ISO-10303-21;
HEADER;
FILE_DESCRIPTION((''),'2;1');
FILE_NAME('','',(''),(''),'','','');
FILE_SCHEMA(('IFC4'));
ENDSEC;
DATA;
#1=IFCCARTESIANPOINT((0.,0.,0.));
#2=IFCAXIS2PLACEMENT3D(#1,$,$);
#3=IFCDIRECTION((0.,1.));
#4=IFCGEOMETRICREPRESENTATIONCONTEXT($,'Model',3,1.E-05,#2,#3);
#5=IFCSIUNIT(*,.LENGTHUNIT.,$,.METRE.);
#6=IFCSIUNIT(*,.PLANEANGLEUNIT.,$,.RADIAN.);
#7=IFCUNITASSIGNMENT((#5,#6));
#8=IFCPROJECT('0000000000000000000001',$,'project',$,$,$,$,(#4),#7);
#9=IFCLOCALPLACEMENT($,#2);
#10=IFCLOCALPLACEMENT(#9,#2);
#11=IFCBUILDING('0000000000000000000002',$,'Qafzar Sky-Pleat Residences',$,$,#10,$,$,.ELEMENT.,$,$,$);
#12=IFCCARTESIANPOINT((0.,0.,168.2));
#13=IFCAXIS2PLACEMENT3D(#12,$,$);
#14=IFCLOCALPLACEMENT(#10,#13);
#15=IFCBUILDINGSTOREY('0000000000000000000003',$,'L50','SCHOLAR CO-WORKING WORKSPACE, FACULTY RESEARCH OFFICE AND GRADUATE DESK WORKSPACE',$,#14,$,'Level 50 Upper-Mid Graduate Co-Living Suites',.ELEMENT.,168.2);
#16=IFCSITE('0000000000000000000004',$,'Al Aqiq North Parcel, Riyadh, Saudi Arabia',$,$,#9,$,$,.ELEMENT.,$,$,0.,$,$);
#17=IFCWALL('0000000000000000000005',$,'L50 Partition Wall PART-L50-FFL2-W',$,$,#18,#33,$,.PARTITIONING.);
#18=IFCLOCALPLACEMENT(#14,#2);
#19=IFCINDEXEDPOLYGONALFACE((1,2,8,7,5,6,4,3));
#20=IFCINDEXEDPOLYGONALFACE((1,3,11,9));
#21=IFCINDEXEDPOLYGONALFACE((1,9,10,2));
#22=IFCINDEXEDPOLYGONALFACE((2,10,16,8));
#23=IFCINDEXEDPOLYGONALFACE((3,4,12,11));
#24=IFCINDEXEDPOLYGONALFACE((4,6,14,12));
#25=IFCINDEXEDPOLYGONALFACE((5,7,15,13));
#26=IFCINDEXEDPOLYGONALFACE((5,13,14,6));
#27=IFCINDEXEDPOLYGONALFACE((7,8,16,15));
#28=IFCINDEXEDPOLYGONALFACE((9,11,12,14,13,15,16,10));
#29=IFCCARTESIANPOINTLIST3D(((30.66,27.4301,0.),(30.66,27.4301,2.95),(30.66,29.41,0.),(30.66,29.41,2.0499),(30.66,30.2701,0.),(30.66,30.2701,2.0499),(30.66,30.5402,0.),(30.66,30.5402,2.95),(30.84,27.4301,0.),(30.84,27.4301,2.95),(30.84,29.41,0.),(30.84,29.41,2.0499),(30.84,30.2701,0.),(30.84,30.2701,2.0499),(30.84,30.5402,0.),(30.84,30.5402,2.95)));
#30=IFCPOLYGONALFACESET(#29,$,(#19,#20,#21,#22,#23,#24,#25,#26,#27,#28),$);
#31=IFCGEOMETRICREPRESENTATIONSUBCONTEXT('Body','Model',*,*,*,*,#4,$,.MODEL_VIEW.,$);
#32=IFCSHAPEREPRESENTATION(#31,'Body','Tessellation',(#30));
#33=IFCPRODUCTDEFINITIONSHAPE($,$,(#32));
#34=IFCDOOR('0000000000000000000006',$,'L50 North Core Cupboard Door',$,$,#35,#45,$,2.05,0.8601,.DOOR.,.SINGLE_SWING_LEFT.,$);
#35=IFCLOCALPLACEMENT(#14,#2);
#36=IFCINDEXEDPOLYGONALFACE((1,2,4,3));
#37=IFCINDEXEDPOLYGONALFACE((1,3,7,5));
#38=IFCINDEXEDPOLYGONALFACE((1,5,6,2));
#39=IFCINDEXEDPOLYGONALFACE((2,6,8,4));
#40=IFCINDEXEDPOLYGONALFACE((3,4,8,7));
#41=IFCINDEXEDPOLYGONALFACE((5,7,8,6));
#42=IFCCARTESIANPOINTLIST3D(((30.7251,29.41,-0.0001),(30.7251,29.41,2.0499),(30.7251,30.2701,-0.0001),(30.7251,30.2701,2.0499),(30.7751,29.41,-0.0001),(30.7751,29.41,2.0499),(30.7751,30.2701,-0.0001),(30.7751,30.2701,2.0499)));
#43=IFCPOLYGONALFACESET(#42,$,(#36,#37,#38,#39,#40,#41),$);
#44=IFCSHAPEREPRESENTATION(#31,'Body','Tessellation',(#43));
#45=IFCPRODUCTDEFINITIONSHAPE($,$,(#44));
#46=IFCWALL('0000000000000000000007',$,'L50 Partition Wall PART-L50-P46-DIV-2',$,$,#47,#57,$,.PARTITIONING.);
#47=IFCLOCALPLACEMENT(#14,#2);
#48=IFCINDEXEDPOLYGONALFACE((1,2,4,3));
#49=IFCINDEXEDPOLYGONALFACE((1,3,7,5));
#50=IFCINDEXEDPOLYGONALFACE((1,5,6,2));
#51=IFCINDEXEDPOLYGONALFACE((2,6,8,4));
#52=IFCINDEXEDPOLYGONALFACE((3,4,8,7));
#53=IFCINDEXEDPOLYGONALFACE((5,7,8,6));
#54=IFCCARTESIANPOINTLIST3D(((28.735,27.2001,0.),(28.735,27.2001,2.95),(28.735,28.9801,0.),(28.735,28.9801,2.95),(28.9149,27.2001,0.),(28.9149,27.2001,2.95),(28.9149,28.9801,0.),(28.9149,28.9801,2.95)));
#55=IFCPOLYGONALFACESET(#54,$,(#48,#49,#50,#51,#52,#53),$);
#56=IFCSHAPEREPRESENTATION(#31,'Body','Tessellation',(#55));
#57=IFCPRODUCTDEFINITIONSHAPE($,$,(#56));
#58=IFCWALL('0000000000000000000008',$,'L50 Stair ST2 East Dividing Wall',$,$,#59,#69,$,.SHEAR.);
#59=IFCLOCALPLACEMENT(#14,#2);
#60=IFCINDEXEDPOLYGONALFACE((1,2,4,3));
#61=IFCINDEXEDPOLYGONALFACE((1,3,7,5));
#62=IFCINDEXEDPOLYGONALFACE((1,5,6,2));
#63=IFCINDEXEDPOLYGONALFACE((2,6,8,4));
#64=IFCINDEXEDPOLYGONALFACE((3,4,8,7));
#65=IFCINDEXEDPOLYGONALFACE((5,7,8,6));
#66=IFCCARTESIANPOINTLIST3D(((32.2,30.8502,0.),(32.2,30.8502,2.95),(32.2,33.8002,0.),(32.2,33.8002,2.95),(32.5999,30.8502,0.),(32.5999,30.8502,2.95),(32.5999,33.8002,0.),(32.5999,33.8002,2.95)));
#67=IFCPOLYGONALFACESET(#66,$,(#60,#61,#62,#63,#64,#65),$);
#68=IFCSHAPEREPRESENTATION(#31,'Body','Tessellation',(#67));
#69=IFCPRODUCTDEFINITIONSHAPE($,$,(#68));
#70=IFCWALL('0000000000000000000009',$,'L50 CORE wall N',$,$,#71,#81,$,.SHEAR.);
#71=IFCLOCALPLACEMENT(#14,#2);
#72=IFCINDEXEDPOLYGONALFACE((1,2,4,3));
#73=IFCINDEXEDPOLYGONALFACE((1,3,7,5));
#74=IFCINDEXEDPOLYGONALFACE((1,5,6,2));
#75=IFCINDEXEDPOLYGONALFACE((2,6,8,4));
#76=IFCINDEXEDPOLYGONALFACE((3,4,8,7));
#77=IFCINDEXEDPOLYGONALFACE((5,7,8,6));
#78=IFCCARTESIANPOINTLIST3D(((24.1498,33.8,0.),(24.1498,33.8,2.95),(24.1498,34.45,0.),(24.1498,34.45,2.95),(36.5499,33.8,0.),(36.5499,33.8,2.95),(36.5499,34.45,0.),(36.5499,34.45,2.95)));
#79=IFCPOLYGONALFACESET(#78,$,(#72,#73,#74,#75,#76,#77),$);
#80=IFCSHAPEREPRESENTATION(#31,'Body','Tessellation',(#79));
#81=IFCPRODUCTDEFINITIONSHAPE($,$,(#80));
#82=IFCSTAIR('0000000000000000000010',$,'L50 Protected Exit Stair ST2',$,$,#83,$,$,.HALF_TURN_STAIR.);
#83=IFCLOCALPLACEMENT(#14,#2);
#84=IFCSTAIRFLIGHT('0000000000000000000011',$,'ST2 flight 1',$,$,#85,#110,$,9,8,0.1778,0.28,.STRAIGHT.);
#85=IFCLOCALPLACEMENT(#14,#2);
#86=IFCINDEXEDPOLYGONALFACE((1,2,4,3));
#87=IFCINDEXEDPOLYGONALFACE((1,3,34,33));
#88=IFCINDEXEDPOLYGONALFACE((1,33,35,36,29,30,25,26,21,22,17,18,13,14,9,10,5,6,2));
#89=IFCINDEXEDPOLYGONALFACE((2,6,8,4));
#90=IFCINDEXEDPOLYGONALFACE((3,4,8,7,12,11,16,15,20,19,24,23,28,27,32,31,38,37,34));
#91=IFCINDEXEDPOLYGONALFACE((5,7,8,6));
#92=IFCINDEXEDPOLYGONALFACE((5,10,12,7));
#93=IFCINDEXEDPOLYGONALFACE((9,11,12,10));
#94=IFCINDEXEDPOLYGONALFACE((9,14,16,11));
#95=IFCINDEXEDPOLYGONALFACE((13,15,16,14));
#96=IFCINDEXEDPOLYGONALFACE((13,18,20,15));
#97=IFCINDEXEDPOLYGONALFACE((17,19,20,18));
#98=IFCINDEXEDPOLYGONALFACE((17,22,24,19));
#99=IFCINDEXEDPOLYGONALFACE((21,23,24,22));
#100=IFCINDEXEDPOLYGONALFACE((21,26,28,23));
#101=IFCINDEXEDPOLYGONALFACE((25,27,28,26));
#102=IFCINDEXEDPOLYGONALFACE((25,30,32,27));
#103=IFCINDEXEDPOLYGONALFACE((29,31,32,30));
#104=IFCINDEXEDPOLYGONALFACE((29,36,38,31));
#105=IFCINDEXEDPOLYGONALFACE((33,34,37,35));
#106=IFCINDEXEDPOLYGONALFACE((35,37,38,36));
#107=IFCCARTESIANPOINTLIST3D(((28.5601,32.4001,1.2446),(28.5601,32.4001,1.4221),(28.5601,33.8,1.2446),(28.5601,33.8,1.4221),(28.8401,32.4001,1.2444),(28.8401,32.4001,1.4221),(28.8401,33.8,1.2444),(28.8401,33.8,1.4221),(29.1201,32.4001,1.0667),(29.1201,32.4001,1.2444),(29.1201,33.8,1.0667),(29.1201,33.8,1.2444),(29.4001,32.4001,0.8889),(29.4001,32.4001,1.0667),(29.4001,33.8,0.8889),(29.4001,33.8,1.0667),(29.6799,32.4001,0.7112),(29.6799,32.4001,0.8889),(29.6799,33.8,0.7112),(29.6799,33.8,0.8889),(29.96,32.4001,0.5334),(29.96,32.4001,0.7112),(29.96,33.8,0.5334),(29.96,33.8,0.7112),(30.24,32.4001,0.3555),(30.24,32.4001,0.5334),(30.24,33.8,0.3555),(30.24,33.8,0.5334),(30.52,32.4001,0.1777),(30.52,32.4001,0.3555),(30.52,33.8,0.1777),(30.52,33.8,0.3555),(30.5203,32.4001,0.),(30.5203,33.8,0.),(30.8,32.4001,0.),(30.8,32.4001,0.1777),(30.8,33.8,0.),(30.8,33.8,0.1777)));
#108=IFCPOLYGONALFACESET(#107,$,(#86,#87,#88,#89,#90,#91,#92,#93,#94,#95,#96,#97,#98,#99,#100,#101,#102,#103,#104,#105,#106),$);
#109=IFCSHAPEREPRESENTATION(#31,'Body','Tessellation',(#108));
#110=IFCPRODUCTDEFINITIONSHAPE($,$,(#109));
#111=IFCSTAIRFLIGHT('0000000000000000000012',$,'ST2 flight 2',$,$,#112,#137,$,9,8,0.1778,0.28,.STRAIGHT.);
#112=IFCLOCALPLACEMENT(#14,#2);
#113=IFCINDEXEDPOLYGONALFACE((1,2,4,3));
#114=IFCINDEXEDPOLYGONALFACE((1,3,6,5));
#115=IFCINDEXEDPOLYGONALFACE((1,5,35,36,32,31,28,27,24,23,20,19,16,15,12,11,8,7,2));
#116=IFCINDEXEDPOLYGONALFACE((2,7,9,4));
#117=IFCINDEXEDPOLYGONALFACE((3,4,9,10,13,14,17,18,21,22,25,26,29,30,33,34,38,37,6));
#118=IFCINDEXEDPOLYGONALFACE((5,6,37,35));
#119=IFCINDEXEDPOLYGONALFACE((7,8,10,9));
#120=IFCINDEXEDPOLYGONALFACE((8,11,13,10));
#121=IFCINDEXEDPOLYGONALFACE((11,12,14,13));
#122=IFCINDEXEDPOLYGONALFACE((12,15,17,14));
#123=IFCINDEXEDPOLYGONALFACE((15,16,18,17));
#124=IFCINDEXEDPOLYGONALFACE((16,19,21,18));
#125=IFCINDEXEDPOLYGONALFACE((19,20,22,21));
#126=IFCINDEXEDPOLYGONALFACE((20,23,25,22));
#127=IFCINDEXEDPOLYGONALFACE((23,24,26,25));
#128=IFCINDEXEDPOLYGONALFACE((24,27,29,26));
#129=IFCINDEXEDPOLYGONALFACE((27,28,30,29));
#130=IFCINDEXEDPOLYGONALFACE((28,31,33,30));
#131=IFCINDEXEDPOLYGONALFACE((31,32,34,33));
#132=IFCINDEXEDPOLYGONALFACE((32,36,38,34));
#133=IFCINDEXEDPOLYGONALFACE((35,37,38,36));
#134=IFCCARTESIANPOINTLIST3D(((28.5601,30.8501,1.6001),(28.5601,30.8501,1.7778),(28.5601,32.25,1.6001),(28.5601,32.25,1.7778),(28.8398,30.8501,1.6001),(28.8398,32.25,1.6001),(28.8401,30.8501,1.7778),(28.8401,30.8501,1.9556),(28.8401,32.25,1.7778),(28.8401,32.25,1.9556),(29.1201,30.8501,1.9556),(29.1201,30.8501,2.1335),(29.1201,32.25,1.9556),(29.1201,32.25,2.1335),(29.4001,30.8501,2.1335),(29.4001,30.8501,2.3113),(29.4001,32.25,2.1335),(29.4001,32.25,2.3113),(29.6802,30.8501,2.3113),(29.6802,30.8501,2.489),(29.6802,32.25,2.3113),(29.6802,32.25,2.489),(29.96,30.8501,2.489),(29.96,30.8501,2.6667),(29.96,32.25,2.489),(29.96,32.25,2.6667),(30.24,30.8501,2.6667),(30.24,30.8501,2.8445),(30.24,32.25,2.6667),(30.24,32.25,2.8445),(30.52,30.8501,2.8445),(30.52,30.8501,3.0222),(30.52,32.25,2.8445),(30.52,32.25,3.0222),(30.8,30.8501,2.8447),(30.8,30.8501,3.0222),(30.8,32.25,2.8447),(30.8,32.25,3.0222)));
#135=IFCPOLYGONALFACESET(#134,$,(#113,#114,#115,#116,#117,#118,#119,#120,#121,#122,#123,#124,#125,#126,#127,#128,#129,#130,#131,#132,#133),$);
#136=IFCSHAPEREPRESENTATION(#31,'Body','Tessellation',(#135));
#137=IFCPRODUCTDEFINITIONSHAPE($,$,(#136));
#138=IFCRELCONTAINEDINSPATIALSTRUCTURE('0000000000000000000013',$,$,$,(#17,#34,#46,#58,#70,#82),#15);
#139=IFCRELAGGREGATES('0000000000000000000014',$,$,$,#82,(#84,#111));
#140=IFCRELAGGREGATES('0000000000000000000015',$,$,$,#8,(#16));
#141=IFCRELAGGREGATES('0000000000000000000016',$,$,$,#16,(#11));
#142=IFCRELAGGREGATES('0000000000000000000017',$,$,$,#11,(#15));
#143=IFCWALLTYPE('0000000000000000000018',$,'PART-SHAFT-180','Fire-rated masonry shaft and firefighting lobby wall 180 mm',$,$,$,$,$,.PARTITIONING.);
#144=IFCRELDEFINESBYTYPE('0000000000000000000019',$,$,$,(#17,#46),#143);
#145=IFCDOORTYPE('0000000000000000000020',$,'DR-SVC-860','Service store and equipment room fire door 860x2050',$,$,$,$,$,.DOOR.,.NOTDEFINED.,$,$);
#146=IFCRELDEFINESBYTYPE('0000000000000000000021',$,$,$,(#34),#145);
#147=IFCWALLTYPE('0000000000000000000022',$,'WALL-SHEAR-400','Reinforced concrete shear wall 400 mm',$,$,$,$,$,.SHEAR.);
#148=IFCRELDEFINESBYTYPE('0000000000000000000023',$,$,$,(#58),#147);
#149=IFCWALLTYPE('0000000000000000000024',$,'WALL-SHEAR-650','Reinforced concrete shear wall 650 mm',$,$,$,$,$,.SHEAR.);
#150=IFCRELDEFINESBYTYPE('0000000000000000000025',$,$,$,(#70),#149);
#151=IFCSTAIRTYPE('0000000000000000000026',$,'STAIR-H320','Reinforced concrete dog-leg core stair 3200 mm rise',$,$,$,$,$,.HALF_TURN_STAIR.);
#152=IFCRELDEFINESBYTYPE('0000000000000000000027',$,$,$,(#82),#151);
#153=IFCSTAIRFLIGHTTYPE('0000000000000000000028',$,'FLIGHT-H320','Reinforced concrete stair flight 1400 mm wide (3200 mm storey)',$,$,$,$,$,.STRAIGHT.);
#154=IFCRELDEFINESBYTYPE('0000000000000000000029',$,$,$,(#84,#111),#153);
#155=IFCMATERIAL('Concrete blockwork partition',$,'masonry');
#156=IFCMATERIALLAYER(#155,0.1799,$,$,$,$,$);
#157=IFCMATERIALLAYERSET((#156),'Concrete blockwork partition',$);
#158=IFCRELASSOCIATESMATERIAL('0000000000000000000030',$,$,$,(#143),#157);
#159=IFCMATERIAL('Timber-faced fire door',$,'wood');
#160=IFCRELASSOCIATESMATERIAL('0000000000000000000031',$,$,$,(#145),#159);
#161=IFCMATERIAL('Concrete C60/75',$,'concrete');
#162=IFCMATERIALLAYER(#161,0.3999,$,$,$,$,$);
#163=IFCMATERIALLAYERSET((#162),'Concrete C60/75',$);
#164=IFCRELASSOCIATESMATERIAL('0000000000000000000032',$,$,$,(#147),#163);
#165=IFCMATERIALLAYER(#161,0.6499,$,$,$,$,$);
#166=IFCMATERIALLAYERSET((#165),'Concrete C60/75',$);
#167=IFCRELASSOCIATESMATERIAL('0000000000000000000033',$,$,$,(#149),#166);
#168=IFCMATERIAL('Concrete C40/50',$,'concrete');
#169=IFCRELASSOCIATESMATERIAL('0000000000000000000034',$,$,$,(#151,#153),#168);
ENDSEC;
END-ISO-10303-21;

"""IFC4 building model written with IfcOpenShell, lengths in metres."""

from ifc_helpers import new_model, si_unit, direction, frame, frame_2d, origin, place, context, subcontext, project, spatial, polyline, rectangle, outline, extrude, source, transform, mapped, material, layer, layer_set, type_object, element, fill, aggregate, save


model = new_model("IFC4")

# Units and contexts
model_context = context("Model", 3, precision=1e-05, world=origin(), true_north=direction((0.0, 1.0)))
body_context = subcontext(model_context, "Body", "Model", "MODEL_VIEW")
ifc_project = project(units=[si_unit("LENGTHUNIT", "METRE"), si_unit("PLANEANGLEUNIT", "RADIAN")], contexts=[model_context])

# Site, building, storey
site_placement = place(None, origin())
site = spatial("IfcSite", under=ifc_project, at=site_placement, Name="Al Aqiq North Parcel, Riyadh, Saudi Arabia", CompositionType="ELEMENT", RefElevation=0.0)
building_placement = place(site_placement, origin())
building = spatial("IfcBuilding", under=site, at=building_placement, Name="Qafzar Sky-Pleat Residences", CompositionType="ELEMENT")
storey_placement = place(building_placement, frame((0.0, 0.0, 168.2)))
storey = spatial("IfcBuildingStorey", under=building, at=storey_placement, Name="L50", Description="SCHOLAR CO-WORKING WORKSPACE, FACULTY RESEARCH OFFICE AND GRADUATE DESK WORKSPACE", LongName="Level 50 Upper-Mid Graduate Co-Living Suites", CompositionType="ELEMENT", Elevation=168.2)

# Wall, opening, door
ifc_material_1 = material(Name="Concrete blockwork partition", Category="masonry")
ifc_layer_1 = layer(ifc_material_1, 0.1799)
ifc_layer_set_1 = layer_set([ifc_layer_1], Name="Concrete blockwork partition")
wall_type_1 = type_object("IfcWallType", Name="PART-SHAFT-180", Description="Fire-rated masonry shaft and firefighting lobby wall 180 mm", PredefinedType="PARTITIONING", material=ifc_layer_set_1)
wall_1_placement = place(storey_placement, frame((30.75, 27.4299, 0.0), z_axis=(0.0, 0.0, 1.0), x_axis=(0.0, 1.0, 0.0)))
wall_1 = element("IfcWall", 1, at=wall_1_placement, inside=storey, type_object=wall_type_1, Name="L50 Partition Wall PART-L50-FFL2-W", PredefinedType="PARTITIONING", context=body_context, shape_type="SweptSolid", body=[
    extrude(rectangle(XDim=3.1101, YDim=0.1799, at=frame_2d((1.5552, 0.0))), origin(), (0.0, 0.0, 1.0), 2.95),
])
opening_1_placement = place(wall_1_placement, frame((1.98, 0.0, 0.0)))
opening_1 = element("IfcOpeningElement", 2, at=opening_1_placement, cuts=wall_1, PredefinedType="OPENING", context=body_context, shape_type="SweptSolid", body=[
    extrude(rectangle(XDim=0.8601, YDim=2.05, at=frame_2d((0.4302, 1.0249))), frame((0.0, 0.1001, 0.0), z_axis=(0.0, -1.0, 0.0), x_axis=(1.0, 0.0, 0.0)), (0.0, 0.0, 1.0), 0.2),
])
ifc_material_2 = material(Name="Timber-faced fire door", Category="wood")
door_type_1 = type_object("IfcDoorType", Name="DR-SVC-860", Description="Service store and equipment room fire door 860x2050", OperationType="NOTDEFINED", PredefinedType="DOOR", material=ifc_material_2)
shared_shape_1 = source(origin(), body_context, "Body", "SweptSolid", [
    extrude(rectangle(XDim=0.8601, YDim=2.05, at=frame_2d((0.4302, 1.0249))), frame((0.0, 0.0249, 0.0), z_axis=(0.0, -1.0, 0.0), x_axis=(1.0, 0.0, 0.0)), (0.0, 0.0, 1.0), 0.05),
])
door_1_placement = place(opening_1_placement, origin())
door_1 = element("IfcDoor", 3, at=door_1_placement, inside=storey, type_object=door_type_1, Name="L50 North Core Cupboard Door", OperationType="SINGLE_SWING_LEFT", OverallHeight=2.05, OverallWidth=0.8601, PredefinedType="DOOR", context=body_context, shape_type="MappedRepresentation", body=[
    mapped(shared_shape_1, transform((0.0, 0.0, 0.0), x_axis=(1.0, 0.0, 0.0), y_axis=(0.0, 1.0, 0.0), z_axis=(0.0, 0.0, 1.0), scale=1.0)),
])
fill(opening_1, door_1)

# Walls
wall_2_placement = place(storey_placement, frame((28.825, 27.2, 0.0), z_axis=(0.0, 0.0, 1.0), x_axis=(0.0, 1.0, 0.0)))
element("IfcWall", 4, at=wall_2_placement, inside=storey, type_object=wall_type_1, Name="L50 Partition Wall PART-L50-P46-DIV-2", PredefinedType="PARTITIONING", context=body_context, shape_type="SweptSolid", body=[
    extrude(rectangle(XDim=1.78, YDim=0.1799, at=frame_2d((0.8901, 0.0))), origin(), (0.0, 0.0, 1.0), 2.95),
])
ifc_material_3 = material(Name="Concrete C60/75", Category="concrete")
ifc_layer_2 = layer(ifc_material_3, 0.3999)
ifc_layer_set_2 = layer_set([ifc_layer_2], Name="Concrete C60/75")
wall_type_2 = type_object("IfcWallType", Name="WALL-SHEAR-400", Description="Reinforced concrete shear wall 400 mm", PredefinedType="SHEAR", material=ifc_layer_set_2)
wall_3_placement = place(storey_placement, frame((32.3999, 30.8501, 0.0), z_axis=(0.0, 0.0, 1.0), x_axis=(0.0, 1.0, 0.0)))
element("IfcWall", 5, at=wall_3_placement, inside=storey, type_object=wall_type_2, Name="L50 Stair ST2 East Dividing Wall", PredefinedType="SHEAR", context=body_context, shape_type="SweptSolid", body=[
    extrude(rectangle(XDim=2.95, YDim=0.3999, at=frame_2d((1.4751, 0.0))), origin(), (0.0, 0.0, 1.0), 2.95),
])
ifc_layer_3 = layer(ifc_material_3, 0.6499)
ifc_layer_set_3 = layer_set([ifc_layer_3], Name="Concrete C60/75")
wall_type_3 = type_object("IfcWallType", Name="WALL-SHEAR-650", Description="Reinforced concrete shear wall 650 mm", PredefinedType="SHEAR", material=ifc_layer_set_3)
wall_4_placement = place(storey_placement, frame((36.55, 34.125, 0.0), z_axis=(0.0, 0.0, 1.0), x_axis=(-1.0, 0.0, 0.0)))
element("IfcWall", 6, at=wall_4_placement, inside=storey, type_object=wall_type_3, Name="L50 CORE wall N", PredefinedType="SHEAR", context=body_context, shape_type="SweptSolid", body=[
    extrude(rectangle(XDim=12.4001, YDim=0.6499, at=frame_2d((6.2002, 0.0))), origin(), (0.0, 0.0, 1.0), 2.95),
])

# Stair, stair flights
ifc_material_4 = material(Name="Concrete C40/50", Category="concrete")
stair_type = type_object("IfcStairType", Name="STAIR-H320", Description="Reinforced concrete dog-leg core stair 3200 mm rise", PredefinedType="HALF_TURN_STAIR", material=ifc_material_4)
stair_placement = place(storey_placement, origin())
stair = element("IfcStair", 7, at=stair_placement, inside=storey, type_object=stair_type, Name="L50 Protected Exit Stair ST2", PredefinedType="HALF_TURN_STAIR")
stair_flight_type = type_object("IfcStairFlightType", Name="FLIGHT-H320", Description="Reinforced concrete stair flight 1400 mm wide (3200 mm storey)", PredefinedType="STRAIGHT", material=ifc_material_4)
shared_shape_2 = source(origin(), body_context, "Body", "SweptSolid", [
    extrude(outline(polyline([(0.0, 0.0), (0.0, 0.1777), (0.28, 0.1777), (0.28, 0.3555), (0.5601, 0.3555), (0.5601, 0.5334), (0.8401, 0.5334), (0.8401, 0.7112), (1.1201, 0.7112), (1.1201, 0.8889), (1.3999, 0.8889), (1.3999, 1.0667), (1.6799, 1.0667), (1.6799, 1.2444), (1.96, 1.2444), (1.96, 1.4221), (2.24, 1.4221), (2.24, 1.6001), (2.24, 1.2446), (0.2798, 0.0), (0.0, 0.0)])), frame((0.0, 0.7, 0.0), z_axis=(0.0, -1.0, 0.0), x_axis=(1.0, 0.0, 0.0)), (0.0, 0.0, 1.0), 1.3999),
])
stair_flight_1_placement = place(storey_placement, frame((30.8, 33.1001, 0.0), z_axis=(0.0, 0.0, 1.0), x_axis=(-1.0, 0.0, 0.0)))
stair_flight_1 = element("IfcStairFlight", 8, at=stair_flight_1_placement, type_object=stair_flight_type, Name="ST2 flight 1", NumberOfRisers=9, NumberOfTreads=8, PredefinedType="STRAIGHT", RiserHeight=0.1778, TreadLength=0.28, context=body_context, shape_type="MappedRepresentation", body=[
    mapped(shared_shape_2, transform((0.0, 0.0, 0.0), x_axis=(1.0, 0.0, 0.0), y_axis=(0.0, 1.0, 0.0), z_axis=(0.0, 0.0, 1.0), scale=1.0)),
])
stair_flight_2_placement = place(storey_placement, frame((28.5601, 31.55, 1.6001), z_axis=(0.0, 0.0, 1.0), x_axis=(1.0, 0.0, 0.0)))
stair_flight_2 = element("IfcStairFlight", 9, at=stair_flight_2_placement, type_object=stair_flight_type, Name="ST2 flight 2", NumberOfRisers=9, NumberOfTreads=8, PredefinedType="STRAIGHT", RiserHeight=0.1778, TreadLength=0.28, context=body_context, shape_type="MappedRepresentation", body=[
    mapped(shared_shape_2, transform((0.0, 0.0, 0.0), x_axis=(1.0, 0.0, 0.0), y_axis=(0.0, 1.0, 0.0), z_axis=(0.0, 0.0, 1.0), scale=1.0)),
])
aggregate(stair, [stair_flight_1, stair_flight_2])

save(model, "model.ifc")
